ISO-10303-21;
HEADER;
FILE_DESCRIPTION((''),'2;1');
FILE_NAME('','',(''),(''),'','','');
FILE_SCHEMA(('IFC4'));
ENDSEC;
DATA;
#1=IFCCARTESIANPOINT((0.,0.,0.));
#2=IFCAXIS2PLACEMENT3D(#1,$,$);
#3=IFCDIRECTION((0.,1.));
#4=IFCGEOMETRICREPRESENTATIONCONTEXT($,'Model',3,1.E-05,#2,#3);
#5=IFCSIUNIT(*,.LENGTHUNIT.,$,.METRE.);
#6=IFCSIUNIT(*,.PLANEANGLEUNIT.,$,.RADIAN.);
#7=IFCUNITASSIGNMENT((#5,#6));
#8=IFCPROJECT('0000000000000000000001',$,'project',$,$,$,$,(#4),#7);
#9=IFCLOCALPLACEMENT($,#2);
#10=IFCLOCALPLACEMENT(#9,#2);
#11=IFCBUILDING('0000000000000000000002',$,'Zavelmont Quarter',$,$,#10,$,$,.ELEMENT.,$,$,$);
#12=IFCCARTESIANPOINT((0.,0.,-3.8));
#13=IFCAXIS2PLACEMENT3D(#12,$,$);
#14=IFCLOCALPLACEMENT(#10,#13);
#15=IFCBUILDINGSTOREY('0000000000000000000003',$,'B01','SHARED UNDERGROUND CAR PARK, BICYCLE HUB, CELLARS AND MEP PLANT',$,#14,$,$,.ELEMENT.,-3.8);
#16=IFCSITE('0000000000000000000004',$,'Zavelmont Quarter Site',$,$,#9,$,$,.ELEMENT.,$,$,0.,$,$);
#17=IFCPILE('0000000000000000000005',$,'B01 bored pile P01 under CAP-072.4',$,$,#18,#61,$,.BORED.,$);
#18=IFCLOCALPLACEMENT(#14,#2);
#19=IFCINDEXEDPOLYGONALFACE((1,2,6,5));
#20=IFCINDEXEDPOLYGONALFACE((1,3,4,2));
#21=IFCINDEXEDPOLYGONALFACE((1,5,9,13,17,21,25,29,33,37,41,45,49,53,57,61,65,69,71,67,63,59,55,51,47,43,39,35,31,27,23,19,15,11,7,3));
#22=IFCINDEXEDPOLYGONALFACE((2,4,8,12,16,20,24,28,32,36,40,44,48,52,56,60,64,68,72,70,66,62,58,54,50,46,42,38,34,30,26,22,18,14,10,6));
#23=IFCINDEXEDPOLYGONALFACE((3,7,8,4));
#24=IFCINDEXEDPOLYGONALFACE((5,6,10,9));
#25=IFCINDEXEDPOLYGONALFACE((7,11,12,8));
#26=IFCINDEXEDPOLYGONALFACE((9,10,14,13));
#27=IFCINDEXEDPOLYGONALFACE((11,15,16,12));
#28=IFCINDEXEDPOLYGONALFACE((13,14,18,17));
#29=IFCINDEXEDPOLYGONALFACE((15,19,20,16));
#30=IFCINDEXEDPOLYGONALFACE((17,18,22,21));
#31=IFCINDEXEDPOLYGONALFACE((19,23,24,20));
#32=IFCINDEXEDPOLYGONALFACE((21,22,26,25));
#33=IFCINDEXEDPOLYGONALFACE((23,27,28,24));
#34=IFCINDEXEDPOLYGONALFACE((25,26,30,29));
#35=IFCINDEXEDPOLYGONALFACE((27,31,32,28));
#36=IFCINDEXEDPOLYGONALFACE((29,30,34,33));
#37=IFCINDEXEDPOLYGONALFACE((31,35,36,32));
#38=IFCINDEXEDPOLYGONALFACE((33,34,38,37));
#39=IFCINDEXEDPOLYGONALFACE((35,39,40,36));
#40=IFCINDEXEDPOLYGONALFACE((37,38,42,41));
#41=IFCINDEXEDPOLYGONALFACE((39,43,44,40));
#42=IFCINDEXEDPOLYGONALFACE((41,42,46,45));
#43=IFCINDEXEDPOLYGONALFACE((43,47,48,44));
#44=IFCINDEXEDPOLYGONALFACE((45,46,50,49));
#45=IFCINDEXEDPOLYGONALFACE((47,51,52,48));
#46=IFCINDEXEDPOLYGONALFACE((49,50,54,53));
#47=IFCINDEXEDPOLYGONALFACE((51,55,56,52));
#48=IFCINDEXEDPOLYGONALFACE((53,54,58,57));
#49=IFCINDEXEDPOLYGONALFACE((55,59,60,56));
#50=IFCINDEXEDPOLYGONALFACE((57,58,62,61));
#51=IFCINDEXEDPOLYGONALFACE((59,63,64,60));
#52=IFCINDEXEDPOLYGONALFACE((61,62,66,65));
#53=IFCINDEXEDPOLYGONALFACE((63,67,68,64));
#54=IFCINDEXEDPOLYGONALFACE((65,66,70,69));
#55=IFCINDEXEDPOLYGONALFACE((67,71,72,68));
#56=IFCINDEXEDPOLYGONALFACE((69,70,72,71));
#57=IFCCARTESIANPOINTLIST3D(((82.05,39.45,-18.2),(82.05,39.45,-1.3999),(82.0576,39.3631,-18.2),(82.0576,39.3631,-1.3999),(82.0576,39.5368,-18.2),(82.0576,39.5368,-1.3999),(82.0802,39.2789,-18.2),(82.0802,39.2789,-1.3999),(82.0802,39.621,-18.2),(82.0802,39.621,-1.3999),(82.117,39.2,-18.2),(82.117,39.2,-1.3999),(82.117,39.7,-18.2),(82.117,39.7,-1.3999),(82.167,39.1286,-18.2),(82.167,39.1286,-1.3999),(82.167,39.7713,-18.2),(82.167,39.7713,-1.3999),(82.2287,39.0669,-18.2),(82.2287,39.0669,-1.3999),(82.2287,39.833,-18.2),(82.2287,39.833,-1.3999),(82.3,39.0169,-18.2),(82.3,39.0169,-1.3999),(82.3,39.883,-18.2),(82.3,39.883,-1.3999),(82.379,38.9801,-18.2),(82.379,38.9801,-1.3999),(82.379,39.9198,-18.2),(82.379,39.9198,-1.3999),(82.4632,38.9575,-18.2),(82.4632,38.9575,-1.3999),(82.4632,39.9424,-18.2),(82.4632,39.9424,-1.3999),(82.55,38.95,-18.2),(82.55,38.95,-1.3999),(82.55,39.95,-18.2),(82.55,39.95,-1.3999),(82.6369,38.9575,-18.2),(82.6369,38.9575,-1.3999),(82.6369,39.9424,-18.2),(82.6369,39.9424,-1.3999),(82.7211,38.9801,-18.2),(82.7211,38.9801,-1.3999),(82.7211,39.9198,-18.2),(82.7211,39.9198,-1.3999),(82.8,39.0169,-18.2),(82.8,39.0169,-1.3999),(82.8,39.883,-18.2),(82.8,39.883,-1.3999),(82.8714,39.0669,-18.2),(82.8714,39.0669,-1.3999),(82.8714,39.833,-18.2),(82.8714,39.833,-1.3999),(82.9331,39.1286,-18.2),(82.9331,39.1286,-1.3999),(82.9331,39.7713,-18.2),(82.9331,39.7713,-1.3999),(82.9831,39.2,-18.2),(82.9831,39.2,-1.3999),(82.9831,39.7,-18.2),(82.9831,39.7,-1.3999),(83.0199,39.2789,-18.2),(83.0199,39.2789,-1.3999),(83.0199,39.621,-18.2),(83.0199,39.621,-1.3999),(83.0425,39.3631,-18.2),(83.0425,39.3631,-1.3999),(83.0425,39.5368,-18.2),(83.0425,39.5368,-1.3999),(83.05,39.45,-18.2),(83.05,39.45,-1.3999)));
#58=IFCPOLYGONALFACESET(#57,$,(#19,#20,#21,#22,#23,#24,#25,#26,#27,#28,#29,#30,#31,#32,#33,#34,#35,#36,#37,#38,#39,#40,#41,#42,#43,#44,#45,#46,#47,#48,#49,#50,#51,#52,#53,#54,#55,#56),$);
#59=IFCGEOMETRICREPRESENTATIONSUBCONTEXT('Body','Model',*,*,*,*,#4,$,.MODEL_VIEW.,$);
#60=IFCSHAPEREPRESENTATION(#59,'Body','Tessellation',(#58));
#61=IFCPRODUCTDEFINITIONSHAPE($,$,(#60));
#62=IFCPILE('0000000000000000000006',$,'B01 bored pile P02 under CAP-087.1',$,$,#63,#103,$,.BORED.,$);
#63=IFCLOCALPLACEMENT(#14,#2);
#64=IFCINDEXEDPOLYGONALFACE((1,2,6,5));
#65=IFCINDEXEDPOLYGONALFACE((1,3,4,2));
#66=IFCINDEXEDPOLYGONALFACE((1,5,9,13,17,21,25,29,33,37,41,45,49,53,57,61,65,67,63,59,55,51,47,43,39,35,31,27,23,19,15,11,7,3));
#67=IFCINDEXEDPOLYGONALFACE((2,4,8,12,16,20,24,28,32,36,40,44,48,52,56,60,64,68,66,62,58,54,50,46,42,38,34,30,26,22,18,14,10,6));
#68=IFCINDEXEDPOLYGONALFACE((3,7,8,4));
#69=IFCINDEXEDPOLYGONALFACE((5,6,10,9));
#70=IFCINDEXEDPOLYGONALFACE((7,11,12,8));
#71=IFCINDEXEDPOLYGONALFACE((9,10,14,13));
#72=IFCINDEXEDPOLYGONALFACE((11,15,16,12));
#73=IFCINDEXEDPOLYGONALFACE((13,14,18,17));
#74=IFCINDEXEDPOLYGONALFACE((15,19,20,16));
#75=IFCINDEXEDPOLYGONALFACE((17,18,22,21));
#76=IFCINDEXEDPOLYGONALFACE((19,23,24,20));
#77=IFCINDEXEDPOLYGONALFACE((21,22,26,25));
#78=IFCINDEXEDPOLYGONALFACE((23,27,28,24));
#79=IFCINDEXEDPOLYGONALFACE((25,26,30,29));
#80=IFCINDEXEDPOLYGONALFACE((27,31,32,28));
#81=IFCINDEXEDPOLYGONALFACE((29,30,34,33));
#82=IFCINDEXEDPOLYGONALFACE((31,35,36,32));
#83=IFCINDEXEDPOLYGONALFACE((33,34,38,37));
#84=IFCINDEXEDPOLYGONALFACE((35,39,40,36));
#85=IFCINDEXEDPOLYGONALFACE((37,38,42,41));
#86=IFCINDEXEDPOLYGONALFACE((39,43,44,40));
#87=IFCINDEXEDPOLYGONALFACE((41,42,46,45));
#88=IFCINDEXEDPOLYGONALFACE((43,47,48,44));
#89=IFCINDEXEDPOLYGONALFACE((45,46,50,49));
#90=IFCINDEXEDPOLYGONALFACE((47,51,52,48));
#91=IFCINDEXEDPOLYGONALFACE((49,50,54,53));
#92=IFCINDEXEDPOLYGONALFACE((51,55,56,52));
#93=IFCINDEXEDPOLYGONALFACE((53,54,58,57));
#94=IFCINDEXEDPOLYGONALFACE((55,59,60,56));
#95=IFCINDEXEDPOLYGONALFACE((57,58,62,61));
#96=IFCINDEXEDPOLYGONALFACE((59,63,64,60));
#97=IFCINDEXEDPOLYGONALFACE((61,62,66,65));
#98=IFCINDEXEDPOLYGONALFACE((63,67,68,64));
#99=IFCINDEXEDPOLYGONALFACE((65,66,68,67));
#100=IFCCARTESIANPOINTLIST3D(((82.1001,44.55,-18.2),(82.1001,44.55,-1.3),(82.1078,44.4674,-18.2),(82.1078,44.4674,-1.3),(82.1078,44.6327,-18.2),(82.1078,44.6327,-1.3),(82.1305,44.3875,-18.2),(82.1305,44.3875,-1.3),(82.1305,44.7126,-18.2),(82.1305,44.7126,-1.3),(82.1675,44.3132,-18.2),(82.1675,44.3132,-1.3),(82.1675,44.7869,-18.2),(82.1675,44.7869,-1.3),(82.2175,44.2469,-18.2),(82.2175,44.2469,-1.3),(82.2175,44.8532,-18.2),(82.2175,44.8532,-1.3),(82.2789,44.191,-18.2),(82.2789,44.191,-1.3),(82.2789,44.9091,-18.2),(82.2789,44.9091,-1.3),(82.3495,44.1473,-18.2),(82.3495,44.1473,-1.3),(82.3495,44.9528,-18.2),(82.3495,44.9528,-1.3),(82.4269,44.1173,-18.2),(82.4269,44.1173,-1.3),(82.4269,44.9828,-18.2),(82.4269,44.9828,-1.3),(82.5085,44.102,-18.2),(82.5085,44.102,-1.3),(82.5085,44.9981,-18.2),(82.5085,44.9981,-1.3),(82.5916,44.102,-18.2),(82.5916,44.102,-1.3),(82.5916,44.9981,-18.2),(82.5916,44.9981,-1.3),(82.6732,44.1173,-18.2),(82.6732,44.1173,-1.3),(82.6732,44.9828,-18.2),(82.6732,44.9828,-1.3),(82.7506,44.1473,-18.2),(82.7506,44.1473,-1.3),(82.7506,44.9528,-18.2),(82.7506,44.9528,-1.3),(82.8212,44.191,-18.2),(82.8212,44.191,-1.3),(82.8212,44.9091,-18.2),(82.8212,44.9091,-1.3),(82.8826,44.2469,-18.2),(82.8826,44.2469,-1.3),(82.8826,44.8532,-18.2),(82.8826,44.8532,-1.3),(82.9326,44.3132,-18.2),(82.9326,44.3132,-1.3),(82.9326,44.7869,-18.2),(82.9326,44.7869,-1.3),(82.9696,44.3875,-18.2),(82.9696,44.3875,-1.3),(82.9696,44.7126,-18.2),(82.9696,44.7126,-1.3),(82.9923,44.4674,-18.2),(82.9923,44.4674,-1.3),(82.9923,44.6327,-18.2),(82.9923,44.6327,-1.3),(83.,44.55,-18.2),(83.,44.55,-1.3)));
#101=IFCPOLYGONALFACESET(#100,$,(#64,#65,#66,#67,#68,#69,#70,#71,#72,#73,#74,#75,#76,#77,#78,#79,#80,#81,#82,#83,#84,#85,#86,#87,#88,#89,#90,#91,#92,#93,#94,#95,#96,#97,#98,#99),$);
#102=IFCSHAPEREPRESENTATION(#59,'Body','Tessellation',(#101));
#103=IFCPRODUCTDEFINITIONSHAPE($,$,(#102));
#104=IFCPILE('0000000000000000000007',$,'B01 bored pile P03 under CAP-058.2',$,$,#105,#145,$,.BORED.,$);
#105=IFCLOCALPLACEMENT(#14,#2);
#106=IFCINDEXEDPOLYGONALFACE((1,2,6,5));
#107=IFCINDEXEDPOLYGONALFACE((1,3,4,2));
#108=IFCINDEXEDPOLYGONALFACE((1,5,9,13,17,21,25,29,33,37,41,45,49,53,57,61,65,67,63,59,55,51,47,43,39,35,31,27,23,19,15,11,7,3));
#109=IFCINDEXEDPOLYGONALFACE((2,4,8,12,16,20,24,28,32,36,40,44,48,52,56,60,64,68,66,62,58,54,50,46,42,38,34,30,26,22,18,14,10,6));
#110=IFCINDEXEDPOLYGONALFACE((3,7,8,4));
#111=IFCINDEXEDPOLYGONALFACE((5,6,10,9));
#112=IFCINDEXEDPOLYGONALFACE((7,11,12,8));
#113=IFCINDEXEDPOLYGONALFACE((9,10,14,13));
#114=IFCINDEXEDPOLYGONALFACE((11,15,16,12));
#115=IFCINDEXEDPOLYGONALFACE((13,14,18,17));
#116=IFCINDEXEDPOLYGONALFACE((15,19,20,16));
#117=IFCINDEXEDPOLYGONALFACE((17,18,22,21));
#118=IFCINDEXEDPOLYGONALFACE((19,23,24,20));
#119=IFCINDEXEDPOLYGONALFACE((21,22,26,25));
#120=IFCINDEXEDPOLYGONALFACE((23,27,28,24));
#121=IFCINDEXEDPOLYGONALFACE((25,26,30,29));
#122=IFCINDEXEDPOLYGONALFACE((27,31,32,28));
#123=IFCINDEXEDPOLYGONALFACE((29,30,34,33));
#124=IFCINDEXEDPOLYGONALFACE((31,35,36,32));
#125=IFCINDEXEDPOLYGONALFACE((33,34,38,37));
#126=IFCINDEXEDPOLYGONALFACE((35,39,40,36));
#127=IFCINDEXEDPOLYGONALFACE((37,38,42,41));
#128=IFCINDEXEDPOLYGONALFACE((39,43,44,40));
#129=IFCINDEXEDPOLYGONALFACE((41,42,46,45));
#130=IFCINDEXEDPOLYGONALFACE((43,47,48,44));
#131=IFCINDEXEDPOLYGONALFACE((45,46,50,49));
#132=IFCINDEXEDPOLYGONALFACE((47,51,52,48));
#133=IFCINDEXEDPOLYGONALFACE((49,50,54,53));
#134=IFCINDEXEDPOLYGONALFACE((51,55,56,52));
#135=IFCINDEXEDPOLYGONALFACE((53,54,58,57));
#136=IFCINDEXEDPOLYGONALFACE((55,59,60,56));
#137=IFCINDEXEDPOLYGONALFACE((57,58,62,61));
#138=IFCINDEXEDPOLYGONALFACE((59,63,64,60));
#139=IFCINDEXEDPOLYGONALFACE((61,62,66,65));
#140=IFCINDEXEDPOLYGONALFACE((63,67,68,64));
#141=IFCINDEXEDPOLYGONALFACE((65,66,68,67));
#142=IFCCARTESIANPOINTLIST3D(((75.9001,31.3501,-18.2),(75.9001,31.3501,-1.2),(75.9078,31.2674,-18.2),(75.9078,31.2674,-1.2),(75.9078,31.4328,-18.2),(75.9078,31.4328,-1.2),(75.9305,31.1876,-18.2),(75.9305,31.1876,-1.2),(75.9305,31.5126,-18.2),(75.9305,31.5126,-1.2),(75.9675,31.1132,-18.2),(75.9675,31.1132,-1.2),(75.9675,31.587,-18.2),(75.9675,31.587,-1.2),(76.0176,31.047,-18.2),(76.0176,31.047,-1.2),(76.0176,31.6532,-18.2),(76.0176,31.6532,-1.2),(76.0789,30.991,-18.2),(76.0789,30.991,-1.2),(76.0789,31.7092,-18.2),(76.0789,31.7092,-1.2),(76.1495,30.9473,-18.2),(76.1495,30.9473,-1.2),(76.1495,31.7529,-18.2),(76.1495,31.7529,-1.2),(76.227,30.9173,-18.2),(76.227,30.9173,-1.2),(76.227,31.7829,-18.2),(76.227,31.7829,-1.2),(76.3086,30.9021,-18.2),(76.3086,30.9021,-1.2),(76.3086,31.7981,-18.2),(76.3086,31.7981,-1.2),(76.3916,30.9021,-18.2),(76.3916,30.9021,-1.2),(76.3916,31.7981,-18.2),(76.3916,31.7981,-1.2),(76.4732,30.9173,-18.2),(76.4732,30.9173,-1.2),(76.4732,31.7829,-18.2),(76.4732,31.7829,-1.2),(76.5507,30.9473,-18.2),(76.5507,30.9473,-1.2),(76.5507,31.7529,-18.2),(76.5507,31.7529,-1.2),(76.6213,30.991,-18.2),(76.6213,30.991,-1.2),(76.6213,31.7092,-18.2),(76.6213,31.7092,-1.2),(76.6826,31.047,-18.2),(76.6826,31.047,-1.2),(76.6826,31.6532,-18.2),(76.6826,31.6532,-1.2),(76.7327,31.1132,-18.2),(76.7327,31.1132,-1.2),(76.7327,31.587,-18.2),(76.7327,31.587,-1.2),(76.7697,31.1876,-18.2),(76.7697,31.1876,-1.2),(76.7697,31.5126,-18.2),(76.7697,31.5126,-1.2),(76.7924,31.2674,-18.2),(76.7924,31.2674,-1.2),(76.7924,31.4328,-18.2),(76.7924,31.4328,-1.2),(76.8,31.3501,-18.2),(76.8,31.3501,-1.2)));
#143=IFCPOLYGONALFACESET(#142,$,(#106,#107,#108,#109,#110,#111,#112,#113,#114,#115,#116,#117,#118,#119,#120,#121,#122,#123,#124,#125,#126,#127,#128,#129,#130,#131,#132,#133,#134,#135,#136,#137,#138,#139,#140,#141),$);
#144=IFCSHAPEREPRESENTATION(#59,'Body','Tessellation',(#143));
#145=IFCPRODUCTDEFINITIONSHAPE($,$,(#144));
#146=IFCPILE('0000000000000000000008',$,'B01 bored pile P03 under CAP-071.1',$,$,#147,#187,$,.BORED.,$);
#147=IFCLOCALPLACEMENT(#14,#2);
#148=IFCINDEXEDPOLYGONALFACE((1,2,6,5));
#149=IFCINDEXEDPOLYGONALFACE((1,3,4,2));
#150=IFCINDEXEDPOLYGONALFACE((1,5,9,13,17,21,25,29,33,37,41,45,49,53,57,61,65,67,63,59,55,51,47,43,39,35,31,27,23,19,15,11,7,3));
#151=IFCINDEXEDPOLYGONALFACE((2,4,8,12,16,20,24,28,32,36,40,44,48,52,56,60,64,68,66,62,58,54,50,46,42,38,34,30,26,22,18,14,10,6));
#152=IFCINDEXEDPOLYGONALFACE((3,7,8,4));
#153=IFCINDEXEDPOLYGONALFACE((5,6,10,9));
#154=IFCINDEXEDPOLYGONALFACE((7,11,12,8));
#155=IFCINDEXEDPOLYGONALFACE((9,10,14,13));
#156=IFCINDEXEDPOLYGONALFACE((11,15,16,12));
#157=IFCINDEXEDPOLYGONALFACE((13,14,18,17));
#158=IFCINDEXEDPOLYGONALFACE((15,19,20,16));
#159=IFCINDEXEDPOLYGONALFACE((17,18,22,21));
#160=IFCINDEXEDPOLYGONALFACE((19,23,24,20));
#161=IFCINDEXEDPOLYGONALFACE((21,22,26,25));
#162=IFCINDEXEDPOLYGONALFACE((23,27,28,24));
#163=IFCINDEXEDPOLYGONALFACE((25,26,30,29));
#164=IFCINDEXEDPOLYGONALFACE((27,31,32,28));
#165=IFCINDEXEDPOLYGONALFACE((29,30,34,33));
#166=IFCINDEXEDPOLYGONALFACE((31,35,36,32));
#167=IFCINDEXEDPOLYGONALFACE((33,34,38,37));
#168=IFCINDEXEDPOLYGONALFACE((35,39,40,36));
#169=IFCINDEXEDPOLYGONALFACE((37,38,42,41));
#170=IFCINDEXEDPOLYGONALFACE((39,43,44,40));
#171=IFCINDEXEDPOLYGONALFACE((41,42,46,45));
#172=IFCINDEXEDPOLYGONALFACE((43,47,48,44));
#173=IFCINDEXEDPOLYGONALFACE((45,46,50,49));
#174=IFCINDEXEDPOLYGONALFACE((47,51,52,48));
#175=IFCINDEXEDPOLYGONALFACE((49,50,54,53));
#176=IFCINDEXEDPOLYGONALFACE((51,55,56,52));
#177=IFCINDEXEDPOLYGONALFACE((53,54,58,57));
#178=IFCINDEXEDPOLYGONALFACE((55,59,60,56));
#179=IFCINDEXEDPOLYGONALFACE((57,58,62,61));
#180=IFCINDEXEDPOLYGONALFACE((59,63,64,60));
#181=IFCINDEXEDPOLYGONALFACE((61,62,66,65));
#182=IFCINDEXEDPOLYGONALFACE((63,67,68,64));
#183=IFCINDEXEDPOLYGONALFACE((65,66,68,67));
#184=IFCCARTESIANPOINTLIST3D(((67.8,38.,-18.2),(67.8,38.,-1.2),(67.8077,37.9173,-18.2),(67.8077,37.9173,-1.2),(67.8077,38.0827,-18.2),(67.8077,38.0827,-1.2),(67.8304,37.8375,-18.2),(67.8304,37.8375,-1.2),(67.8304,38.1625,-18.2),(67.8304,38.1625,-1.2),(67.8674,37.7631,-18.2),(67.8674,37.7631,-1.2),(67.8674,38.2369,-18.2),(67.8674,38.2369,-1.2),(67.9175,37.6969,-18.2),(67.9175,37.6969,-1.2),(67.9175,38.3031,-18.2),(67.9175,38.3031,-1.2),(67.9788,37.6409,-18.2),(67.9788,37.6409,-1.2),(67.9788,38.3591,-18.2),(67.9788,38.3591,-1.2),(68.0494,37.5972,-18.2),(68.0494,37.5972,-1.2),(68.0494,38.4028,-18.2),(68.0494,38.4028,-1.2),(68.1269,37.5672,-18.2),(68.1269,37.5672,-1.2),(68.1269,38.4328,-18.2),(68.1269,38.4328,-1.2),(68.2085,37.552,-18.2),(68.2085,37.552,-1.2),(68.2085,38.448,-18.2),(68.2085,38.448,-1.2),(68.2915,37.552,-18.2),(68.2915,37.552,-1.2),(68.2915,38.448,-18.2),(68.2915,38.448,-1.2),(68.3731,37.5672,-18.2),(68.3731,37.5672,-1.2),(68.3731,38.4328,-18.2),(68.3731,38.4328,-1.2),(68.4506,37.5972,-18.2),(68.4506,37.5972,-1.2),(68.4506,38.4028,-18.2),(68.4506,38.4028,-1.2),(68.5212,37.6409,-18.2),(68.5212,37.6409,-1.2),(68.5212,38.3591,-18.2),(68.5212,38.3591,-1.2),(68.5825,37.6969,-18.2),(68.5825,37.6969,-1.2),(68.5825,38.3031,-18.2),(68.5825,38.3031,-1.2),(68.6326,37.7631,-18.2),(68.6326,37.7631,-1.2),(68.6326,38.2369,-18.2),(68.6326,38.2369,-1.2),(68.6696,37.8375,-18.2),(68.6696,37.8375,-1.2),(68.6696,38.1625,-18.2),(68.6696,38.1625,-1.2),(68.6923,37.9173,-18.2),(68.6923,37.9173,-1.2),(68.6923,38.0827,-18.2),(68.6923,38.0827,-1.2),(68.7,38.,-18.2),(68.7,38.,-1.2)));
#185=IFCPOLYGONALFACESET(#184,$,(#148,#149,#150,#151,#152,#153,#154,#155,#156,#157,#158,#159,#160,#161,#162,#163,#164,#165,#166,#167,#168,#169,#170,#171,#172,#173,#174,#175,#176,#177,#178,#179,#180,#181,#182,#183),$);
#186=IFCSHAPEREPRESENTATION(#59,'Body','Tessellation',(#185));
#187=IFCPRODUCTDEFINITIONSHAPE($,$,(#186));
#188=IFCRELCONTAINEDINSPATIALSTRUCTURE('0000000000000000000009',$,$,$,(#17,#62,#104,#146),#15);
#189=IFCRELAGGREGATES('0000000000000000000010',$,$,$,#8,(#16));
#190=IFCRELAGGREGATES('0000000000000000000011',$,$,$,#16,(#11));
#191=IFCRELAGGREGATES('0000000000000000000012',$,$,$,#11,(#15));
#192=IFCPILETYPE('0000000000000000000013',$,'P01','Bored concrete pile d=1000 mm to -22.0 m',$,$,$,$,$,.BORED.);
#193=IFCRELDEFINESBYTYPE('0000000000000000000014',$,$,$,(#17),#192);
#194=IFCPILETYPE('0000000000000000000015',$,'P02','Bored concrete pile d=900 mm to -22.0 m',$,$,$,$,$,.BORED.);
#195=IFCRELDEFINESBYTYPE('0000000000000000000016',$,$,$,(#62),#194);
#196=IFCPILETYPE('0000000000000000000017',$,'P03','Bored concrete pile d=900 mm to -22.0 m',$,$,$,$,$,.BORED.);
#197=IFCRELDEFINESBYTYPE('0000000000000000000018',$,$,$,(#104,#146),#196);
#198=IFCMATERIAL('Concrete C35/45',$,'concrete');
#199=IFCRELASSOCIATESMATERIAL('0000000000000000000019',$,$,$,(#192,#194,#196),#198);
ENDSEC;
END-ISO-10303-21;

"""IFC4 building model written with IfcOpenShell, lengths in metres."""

from ifc_helpers import new_model, si_unit, direction, frame, origin, origin_2d, place, context, subcontext, project, spatial, circle, extrude, material, material_profile, profile_set, type_object, element, save


model = new_model("IFC4")

# Units and contexts
model_context = context("Model", 3, precision=1e-05, world=origin(), true_north=direction((0.0, 1.0)))
body_context = subcontext(model_context, "Body", "Model", "MODEL_VIEW")
ifc_project = project(units=[si_unit("LENGTHUNIT", "METRE"), si_unit("PLANEANGLEUNIT", "RADIAN")], contexts=[model_context])

# Site, building, storey
site_placement = place(None, origin())
site = spatial("IfcSite", under=ifc_project, at=site_placement, Name="Zavelmont Quarter Site", CompositionType="ELEMENT", RefElevation=0.0)
building_placement = place(site_placement, origin())
building = spatial("IfcBuilding", under=site, at=building_placement, Name="Zavelmont Quarter", CompositionType="ELEMENT")
storey_placement = place(building_placement, frame((0.0, 0.0, -3.8)))
storey = spatial("IfcBuildingStorey", under=building, at=storey_placement, Name="B01", Description="SHARED UNDERGROUND CAR PARK, BICYCLE HUB, CELLARS AND MEP PLANT", CompositionType="ELEMENT", Elevation=-3.8)

# Shared definitions
ifc_material_1 = material(Name="Concrete C35/45", Category="concrete")

# Piles
ifc_material_profile_1 = material_profile(ifc_material_1, circle(Radius=0.5, at=origin_2d()), Name="BP1000")
ifc_profile_set_1 = profile_set([ifc_material_profile_1], Name="Concrete C35/45")
pile_type_1 = type_object("IfcPileType", Name="P01", Description="Bored concrete pile d=1000 mm to -22.0 m", PredefinedType="BORED", material=ifc_profile_set_1)
for number, where, z_axis, x_axis, name in (
    (1, (82.55, 39.45, -1.3999), (0.0, 0.0, -1.0), (1.0, 0.0, 0.0), "B01 bored pile P01 under CAP-072.4"),
):
    element("IfcPile", number, at=place(storey_placement, frame(where, z_axis=z_axis, x_axis=x_axis)), inside=storey, type_object=pile_type_1, Name=name, PredefinedType="BORED", context=body_context, shape_type="SweptSolid", body=[
        extrude(circle(Radius=0.5, at=origin_2d()), origin(), (0.0, 0.0, 1.0), 16.8),
    ])
ifc_material_profile_2 = material_profile(ifc_material_1, circle(Radius=0.45, at=origin_2d()), Name="BP900")
ifc_profile_set_2 = profile_set([ifc_material_profile_2], Name="Concrete C35/45")
pile_type_2 = type_object("IfcPileType", Name="P02", Description="Bored concrete pile d=900 mm to -22.0 m", PredefinedType="BORED", material=ifc_profile_set_2)
pile_placement = place(storey_placement, frame((82.55, 44.55, -1.3), z_axis=(0.0, 0.0, -1.0), x_axis=(1.0, 0.0, 0.0)))
element("IfcPile", 2, at=pile_placement, inside=storey, type_object=pile_type_2, Name="B01 bored pile P02 under CAP-087.1", PredefinedType="BORED", context=body_context, shape_type="SweptSolid", body=[
    extrude(circle(Radius=0.45, at=origin_2d()), origin(), (0.0, 0.0, 1.0), 16.8999),
])
ifc_material_profile_3 = material_profile(ifc_material_1, circle(Radius=0.45, at=origin_2d()), Name="BP900")
ifc_profile_set_3 = profile_set([ifc_material_profile_3], Name="Concrete C35/45")
pile_type_3 = type_object("IfcPileType", Name="P03", Description="Bored concrete pile d=900 mm to -22.0 m", PredefinedType="BORED", material=ifc_profile_set_3)
for number, where, z_axis, x_axis, name in (
    (3, (76.3501, 31.3501, -1.2), (0.0, 0.0, -1.0), (1.0, 0.0, 0.0), "B01 bored pile P03 under CAP-058.2"),
    (4, (68.25, 38.0, -1.2), (0.0, 0.0, -1.0), (1.0, 0.0, 0.0), "B01 bored pile P03 under CAP-071.1"),
):
    element("IfcPile", number, at=place(storey_placement, frame(where, z_axis=z_axis, x_axis=x_axis)), inside=storey, type_object=pile_type_3, Name=name, PredefinedType="BORED", context=body_context, shape_type="SweptSolid", body=[
        extrude(circle(Radius=0.45, at=origin_2d()), origin(), (0.0, 0.0, 1.0), 17.0),
    ])

save(model, "model.ifc")
